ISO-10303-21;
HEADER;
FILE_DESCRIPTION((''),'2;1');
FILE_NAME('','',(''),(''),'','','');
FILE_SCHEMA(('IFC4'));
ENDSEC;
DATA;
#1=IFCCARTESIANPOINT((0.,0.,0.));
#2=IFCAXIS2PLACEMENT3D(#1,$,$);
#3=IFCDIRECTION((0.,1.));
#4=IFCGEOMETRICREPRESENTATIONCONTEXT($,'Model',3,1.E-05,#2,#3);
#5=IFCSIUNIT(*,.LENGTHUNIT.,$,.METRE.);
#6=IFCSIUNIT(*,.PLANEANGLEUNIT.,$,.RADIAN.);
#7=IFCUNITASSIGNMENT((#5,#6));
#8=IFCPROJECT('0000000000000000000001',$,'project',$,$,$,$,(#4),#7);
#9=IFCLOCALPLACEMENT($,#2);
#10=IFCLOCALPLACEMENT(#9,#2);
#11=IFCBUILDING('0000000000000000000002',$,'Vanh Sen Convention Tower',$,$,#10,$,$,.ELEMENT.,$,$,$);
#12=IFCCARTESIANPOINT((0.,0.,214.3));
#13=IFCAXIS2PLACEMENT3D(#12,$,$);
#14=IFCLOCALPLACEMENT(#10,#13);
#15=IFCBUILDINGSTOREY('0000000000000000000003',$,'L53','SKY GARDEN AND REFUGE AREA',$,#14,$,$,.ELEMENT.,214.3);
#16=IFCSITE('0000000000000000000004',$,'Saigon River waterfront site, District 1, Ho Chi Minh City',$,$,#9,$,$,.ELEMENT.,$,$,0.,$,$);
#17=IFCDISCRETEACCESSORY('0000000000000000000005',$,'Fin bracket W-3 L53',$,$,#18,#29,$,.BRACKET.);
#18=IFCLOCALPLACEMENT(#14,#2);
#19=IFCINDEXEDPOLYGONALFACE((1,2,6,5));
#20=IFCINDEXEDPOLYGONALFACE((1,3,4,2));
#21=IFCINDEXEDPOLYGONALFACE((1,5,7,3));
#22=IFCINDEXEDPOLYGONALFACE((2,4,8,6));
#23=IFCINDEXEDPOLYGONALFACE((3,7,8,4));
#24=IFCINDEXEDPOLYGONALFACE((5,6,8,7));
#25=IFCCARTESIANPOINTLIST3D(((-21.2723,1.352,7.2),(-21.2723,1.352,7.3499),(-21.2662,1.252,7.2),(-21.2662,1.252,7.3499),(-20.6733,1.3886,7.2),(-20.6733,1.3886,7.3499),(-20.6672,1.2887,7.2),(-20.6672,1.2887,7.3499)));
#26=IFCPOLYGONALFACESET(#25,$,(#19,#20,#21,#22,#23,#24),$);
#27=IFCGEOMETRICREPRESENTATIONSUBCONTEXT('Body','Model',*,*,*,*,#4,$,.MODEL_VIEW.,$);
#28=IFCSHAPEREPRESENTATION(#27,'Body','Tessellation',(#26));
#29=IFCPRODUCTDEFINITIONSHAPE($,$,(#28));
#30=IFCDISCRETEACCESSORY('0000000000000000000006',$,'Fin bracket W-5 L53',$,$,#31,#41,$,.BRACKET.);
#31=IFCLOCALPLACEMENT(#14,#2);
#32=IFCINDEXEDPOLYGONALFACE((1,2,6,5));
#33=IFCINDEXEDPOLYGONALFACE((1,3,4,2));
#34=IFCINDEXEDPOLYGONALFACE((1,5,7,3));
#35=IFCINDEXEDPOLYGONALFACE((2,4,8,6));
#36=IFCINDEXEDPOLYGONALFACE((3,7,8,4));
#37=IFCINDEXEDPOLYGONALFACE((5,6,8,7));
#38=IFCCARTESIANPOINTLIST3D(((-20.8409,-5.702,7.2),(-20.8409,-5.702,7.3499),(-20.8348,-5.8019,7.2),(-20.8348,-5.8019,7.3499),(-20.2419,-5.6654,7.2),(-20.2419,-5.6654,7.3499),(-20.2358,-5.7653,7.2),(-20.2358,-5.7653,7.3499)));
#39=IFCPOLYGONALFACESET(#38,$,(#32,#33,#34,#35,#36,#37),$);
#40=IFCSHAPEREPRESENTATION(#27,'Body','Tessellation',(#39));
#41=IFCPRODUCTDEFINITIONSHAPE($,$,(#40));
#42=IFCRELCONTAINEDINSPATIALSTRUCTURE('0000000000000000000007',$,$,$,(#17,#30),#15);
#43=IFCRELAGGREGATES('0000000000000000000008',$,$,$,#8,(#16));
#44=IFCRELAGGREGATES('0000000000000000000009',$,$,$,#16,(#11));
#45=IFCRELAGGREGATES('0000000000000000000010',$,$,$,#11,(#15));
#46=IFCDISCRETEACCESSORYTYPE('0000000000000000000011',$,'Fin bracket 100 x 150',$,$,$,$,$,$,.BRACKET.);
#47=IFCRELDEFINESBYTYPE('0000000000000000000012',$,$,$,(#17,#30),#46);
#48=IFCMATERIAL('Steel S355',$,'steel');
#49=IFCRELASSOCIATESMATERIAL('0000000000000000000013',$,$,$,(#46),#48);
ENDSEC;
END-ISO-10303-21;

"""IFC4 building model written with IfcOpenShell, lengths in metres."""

from ifc_helpers import new_model, si_unit, direction, frame, origin, origin_2d, place, context, subcontext, project, spatial, rectangle, extrude, material, type_object, element, save


model = new_model("IFC4")

# Units and contexts
model_context = context("Model", 3, precision=1e-05, world=origin(), true_north=direction((0.0, 1.0)))
body_context = subcontext(model_context, "Body", "Model", "MODEL_VIEW")
ifc_project = project(units=[si_unit("LENGTHUNIT", "METRE"), si_unit("PLANEANGLEUNIT", "RADIAN")], contexts=[model_context])

# Site, building, storey
site_placement = place(None, origin())
site = spatial("IfcSite", under=ifc_project, at=site_placement, Name="Saigon River waterfront site, District 1, Ho Chi Minh City", CompositionType="ELEMENT", RefElevation=0.0)
building_placement = place(site_placement, origin())
building = spatial("IfcBuilding", under=site, at=building_placement, Name="Vanh Sen Convention Tower", CompositionType="ELEMENT")
storey_placement = place(building_placement, frame((0.0, 0.0, 214.3)))
storey = spatial("IfcBuildingStorey", under=building, at=storey_placement, Name="L53", Description="SKY GARDEN AND REFUGE AREA", CompositionType="ELEMENT", Elevation=214.3)

# Discrete accessories
ifc_material_1 = material(Name="Steel S355", Category="steel")
discrete_accessory_type = type_object("IfcDiscreteAccessoryType", Name="Fin bracket 100 x 150", PredefinedType="BRACKET", material=ifc_material_1)
for number, where, z_axis, x_axis, name in (
    (1, (-20.9697, 1.3203, 7.2), (0.0, 0.0, 1.0), (-0.998135, -0.061049, 0.0), "Fin bracket W-3 L53"),
    (2, (-20.5383, -5.7336, 7.2), (0.0, 0.0, 1.0), (-0.998135, -0.061049, 0.0), "Fin bracket W-5 L53"),
):
    element("IfcDiscreteAccessory", number, at=place(storey_placement, frame(where, z_axis=z_axis, x_axis=x_axis)), inside=storey, type_object=discrete_accessory_type, Name=name, PredefinedType="BRACKET", context=body_context, shape_type="SweptSolid", body=[
        extrude(rectangle(XDim=0.6001, YDim=0.1001, at=origin_2d()), origin(), (0.0, 0.0, 1.0), 0.1499),
    ])

save(model, "model.ifc")
